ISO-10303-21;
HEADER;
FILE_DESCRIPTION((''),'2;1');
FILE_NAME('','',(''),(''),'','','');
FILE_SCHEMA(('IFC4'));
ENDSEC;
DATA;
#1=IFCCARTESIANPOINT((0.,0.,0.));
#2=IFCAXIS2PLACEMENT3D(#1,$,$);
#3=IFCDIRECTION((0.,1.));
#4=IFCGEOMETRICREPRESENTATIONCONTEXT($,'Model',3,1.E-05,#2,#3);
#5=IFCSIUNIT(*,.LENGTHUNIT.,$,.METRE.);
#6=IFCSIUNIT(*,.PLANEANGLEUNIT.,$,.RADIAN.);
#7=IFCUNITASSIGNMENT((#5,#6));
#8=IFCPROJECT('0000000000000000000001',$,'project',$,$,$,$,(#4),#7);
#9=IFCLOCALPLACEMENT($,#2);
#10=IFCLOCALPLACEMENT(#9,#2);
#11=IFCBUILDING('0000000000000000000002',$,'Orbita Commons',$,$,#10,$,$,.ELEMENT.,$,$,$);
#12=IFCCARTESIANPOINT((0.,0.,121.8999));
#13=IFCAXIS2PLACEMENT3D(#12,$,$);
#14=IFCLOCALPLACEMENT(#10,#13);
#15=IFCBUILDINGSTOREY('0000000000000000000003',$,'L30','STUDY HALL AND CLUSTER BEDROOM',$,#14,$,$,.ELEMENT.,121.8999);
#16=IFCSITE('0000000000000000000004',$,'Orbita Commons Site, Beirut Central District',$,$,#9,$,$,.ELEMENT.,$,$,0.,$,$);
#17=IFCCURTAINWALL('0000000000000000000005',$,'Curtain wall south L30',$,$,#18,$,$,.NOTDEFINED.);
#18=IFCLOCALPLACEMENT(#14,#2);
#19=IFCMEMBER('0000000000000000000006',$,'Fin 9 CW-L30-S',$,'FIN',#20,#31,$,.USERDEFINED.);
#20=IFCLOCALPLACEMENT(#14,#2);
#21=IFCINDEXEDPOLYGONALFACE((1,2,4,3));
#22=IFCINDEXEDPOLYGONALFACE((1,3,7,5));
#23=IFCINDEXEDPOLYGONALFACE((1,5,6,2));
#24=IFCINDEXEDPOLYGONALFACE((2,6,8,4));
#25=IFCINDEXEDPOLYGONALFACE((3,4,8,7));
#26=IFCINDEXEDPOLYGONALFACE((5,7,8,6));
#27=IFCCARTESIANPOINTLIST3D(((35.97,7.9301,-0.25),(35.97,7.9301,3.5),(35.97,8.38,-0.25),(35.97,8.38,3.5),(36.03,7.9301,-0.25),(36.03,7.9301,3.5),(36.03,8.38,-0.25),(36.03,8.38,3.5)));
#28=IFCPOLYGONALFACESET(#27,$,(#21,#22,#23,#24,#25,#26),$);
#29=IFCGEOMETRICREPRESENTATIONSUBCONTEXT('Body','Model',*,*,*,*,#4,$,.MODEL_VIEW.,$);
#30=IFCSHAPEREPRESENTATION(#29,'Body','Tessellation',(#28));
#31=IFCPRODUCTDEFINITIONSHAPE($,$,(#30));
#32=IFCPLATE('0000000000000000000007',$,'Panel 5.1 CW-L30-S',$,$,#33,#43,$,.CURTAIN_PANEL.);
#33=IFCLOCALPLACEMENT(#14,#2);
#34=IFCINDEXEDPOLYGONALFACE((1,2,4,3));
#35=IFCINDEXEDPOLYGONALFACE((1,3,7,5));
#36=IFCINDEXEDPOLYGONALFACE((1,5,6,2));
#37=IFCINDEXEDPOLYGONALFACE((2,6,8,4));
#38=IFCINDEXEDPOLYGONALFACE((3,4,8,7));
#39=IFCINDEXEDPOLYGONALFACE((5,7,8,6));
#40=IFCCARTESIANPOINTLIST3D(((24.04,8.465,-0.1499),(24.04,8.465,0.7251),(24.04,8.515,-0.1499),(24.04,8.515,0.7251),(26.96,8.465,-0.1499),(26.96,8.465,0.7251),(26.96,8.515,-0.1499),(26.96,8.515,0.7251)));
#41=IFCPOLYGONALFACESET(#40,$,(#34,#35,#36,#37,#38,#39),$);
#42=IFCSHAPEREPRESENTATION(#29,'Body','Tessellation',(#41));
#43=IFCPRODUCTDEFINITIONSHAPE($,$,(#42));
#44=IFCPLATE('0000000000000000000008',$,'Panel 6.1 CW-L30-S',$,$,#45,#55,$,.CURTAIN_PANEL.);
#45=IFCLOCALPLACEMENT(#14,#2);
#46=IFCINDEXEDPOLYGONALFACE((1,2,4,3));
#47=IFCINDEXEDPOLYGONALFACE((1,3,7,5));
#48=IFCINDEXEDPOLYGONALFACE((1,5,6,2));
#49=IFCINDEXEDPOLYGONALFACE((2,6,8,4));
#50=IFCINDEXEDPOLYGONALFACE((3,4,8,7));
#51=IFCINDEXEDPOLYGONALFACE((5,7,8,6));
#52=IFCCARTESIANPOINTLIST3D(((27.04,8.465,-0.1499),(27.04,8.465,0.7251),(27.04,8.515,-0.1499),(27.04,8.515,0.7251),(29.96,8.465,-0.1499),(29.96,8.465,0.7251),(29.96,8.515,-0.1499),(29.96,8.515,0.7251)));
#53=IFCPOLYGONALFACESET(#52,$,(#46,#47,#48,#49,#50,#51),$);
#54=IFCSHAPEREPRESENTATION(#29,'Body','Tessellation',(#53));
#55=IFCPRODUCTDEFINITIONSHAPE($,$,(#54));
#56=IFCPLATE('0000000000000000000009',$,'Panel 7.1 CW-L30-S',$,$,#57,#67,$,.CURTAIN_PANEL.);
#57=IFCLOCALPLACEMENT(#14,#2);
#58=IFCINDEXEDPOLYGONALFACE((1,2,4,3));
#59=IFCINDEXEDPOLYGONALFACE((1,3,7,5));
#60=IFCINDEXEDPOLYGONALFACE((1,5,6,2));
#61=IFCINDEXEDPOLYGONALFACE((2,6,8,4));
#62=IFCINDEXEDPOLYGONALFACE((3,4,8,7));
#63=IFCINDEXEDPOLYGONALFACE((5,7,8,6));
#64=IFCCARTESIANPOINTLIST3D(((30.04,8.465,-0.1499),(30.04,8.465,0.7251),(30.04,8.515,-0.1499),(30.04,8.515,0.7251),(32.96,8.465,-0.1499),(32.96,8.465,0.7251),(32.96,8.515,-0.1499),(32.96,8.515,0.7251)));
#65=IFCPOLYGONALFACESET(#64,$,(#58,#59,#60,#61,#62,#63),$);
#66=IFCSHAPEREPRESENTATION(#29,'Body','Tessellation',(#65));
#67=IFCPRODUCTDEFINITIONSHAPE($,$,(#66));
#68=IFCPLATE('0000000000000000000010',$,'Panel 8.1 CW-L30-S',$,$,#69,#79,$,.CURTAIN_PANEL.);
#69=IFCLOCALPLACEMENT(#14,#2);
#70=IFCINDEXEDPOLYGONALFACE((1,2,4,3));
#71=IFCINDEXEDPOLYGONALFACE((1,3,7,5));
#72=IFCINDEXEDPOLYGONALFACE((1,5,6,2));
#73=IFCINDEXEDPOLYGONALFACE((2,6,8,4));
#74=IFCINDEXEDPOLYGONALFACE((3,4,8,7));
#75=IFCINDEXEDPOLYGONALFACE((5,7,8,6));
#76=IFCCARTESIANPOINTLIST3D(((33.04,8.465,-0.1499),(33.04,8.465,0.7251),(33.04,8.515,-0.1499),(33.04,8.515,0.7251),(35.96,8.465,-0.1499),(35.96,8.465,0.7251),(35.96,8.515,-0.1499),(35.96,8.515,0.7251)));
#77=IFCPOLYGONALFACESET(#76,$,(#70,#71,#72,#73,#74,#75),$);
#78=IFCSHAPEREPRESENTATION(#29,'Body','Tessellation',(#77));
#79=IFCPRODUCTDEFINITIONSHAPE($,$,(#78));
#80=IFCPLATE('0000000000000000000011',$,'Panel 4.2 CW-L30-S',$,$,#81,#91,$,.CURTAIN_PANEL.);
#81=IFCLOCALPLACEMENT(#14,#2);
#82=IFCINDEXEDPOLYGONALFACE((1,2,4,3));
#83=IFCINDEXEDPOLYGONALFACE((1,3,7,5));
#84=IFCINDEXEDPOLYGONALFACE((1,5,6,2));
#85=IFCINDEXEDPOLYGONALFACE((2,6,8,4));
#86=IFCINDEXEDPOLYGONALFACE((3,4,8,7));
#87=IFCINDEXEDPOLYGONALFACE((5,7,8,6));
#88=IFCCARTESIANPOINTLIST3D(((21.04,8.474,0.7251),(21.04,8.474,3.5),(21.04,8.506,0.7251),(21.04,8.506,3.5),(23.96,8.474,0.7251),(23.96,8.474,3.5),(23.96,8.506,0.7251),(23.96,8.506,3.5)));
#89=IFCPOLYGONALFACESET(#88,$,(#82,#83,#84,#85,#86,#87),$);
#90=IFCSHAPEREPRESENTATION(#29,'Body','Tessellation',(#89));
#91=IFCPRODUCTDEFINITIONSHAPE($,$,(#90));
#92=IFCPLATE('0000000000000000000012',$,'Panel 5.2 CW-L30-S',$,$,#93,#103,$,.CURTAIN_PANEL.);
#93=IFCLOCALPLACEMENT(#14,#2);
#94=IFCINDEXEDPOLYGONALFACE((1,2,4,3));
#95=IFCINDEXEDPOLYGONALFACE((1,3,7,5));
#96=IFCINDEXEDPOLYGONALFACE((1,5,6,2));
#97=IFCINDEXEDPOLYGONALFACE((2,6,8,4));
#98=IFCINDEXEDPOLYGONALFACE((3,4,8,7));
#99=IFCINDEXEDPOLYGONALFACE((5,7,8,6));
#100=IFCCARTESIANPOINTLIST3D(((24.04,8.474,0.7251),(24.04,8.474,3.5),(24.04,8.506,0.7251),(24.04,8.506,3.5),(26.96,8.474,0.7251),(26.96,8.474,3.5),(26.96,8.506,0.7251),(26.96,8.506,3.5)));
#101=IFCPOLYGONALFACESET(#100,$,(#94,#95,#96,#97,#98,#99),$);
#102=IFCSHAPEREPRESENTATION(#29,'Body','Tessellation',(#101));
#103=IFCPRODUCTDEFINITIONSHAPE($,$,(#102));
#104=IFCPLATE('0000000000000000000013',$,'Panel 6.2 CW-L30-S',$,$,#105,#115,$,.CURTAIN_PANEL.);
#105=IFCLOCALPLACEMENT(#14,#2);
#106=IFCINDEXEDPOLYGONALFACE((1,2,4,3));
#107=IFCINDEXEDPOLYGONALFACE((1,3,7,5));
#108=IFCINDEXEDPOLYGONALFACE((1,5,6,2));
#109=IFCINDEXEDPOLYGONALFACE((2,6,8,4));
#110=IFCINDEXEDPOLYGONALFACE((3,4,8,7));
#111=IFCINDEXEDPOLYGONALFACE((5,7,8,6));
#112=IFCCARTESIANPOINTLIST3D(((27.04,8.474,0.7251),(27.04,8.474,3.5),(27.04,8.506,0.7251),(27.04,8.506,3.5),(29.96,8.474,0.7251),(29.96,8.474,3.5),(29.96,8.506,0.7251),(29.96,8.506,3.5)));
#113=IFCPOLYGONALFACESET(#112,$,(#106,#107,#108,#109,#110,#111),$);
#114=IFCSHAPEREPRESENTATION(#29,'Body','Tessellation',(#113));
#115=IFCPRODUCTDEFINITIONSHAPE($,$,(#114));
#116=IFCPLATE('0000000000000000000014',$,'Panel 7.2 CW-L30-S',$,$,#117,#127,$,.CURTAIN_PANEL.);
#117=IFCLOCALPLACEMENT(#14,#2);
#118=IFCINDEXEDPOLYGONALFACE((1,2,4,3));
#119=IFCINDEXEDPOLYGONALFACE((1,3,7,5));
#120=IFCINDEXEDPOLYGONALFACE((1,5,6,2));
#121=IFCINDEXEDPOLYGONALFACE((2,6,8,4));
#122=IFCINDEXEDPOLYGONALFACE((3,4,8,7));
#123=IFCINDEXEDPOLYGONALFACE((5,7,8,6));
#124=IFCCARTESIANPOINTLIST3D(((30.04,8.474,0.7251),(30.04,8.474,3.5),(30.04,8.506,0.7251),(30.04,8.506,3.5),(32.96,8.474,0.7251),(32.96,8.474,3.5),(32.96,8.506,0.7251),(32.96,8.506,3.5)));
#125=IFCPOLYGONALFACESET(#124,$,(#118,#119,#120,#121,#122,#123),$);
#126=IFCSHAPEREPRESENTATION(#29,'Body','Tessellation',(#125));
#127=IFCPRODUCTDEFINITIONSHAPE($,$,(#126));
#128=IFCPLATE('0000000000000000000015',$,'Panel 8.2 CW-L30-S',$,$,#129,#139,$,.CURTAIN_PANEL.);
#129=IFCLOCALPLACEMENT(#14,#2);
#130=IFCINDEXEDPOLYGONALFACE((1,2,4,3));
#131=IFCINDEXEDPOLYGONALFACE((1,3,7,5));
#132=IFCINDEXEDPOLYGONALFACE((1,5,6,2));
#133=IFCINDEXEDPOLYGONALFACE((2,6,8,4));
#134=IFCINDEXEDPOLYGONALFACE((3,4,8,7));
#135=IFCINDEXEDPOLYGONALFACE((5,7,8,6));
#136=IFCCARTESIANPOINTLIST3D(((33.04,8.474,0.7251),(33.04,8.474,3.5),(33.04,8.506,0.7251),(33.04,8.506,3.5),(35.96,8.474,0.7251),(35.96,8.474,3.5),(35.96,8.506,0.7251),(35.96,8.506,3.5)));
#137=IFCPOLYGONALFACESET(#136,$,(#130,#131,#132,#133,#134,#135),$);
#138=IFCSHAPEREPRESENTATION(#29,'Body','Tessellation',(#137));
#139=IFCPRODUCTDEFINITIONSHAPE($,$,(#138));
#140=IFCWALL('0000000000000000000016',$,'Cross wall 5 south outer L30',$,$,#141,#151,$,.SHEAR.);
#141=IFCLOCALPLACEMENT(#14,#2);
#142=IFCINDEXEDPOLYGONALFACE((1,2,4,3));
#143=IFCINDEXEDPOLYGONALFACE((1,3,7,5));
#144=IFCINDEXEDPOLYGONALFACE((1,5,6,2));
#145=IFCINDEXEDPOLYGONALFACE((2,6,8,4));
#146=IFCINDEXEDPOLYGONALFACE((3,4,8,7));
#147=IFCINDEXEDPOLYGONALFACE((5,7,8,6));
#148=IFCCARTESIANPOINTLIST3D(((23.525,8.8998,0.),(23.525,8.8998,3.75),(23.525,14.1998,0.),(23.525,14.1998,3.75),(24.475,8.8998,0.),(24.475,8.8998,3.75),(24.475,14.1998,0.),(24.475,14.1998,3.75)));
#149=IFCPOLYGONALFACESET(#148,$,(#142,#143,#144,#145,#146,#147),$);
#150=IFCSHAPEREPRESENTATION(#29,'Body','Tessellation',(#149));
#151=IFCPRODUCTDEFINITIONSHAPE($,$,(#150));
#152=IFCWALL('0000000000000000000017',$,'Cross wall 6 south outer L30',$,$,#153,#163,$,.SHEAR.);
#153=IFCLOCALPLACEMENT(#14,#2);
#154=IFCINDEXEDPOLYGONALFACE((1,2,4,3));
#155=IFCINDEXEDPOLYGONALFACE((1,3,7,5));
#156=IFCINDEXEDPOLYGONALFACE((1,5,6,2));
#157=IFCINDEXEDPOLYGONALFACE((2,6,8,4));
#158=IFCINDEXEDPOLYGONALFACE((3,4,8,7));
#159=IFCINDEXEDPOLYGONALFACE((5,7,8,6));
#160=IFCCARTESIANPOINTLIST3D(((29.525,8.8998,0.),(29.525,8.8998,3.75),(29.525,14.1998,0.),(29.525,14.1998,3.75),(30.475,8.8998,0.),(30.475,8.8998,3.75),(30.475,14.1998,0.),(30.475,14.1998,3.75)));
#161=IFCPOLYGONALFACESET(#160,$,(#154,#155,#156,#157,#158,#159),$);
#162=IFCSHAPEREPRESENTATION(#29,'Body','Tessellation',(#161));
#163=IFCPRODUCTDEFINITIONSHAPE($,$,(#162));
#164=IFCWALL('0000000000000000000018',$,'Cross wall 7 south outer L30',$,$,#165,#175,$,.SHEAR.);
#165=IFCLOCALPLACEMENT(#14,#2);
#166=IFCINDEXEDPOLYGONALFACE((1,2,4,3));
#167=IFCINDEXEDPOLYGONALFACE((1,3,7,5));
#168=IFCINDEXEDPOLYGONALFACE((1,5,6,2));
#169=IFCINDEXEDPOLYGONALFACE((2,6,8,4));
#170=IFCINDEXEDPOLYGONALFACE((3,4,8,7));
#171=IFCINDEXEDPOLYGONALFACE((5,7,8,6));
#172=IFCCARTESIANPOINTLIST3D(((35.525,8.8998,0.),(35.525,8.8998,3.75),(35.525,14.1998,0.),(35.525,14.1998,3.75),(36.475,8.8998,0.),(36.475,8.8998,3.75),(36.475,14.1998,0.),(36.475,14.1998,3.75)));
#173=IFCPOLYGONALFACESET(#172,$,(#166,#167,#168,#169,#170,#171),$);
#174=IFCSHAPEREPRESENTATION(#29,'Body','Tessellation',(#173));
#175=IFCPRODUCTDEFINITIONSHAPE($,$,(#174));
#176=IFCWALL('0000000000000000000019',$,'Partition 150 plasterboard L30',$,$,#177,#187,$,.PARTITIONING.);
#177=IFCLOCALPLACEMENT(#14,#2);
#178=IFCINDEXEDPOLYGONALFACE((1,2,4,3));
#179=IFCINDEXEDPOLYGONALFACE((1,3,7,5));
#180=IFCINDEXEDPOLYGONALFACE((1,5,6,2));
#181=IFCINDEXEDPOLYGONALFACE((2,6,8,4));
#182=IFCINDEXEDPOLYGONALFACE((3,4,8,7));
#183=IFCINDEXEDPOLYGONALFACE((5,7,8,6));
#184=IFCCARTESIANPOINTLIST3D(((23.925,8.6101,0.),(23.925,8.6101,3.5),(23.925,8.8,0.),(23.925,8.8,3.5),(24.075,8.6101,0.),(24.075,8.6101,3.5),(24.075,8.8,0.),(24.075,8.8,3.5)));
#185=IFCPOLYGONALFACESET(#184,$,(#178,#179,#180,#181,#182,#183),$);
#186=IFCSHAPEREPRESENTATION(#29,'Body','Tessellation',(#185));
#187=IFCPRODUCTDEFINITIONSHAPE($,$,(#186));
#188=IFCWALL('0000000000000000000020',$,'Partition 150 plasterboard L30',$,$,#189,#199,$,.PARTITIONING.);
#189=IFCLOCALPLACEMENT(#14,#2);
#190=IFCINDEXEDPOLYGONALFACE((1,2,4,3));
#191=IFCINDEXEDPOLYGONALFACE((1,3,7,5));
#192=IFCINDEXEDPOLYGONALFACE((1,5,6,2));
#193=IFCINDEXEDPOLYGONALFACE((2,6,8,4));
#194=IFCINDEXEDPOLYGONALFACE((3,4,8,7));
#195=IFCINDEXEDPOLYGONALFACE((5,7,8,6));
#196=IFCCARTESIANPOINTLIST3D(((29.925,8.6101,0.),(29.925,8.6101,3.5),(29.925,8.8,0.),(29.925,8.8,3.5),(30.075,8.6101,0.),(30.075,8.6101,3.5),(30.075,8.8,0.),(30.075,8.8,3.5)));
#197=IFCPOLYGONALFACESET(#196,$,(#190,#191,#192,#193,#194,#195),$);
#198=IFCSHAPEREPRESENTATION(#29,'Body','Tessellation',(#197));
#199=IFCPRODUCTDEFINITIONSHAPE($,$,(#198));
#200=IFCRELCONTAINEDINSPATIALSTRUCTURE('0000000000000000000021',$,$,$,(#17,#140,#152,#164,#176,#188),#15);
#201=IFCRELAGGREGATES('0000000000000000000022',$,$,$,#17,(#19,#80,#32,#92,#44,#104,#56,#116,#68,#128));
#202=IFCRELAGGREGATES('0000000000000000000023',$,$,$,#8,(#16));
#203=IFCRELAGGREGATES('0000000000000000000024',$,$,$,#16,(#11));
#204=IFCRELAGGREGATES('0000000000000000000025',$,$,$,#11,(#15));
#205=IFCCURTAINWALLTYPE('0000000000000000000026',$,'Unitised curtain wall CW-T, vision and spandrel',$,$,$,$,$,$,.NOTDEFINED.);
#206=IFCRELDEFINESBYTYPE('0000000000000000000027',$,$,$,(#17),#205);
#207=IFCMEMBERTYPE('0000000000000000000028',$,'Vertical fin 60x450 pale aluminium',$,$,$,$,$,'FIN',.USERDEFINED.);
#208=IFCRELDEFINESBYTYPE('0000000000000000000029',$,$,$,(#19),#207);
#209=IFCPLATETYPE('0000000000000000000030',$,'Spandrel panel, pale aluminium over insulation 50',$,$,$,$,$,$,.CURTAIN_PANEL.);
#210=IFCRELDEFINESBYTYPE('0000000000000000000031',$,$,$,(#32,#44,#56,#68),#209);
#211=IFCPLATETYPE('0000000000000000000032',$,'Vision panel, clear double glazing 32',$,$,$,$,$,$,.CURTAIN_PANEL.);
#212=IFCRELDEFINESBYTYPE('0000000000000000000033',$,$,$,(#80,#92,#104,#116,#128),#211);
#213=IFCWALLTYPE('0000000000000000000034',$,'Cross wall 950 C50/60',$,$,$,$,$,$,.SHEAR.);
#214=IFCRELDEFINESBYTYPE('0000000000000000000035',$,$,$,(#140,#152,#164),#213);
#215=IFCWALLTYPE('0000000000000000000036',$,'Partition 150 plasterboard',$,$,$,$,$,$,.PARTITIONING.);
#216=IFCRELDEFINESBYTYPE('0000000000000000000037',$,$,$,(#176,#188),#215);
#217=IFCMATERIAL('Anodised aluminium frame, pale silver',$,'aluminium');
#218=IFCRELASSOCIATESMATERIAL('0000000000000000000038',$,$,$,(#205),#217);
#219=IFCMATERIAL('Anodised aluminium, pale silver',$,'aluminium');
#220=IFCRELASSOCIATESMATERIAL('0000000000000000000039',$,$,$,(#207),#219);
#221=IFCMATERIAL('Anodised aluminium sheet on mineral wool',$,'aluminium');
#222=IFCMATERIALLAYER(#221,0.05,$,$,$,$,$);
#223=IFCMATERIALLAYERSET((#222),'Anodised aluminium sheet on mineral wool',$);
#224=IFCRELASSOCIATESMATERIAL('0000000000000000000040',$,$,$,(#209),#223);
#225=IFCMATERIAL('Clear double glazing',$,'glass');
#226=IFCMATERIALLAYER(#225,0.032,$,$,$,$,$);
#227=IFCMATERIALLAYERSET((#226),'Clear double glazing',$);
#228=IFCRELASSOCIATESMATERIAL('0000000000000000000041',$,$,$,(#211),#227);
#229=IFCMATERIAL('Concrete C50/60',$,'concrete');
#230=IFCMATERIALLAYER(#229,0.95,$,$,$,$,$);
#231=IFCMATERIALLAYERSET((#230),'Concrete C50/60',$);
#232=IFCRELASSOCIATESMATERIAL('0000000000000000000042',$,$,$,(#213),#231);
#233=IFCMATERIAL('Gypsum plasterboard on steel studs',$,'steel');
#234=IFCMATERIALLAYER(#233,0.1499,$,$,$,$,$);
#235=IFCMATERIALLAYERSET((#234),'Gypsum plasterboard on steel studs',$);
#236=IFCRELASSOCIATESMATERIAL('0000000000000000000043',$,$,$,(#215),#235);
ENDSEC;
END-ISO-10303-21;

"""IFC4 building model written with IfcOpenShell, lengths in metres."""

from ifc_helpers import new_model, si_unit, direction, frame, frame_2d, origin, origin_2d, place, context, subcontext, project, spatial, rectangle, extrude, material, layer, layer_set, material_profile, profile_set, type_object, element, aggregate, save


model = new_model("IFC4")

# Units and contexts
model_context = context("Model", 3, precision=1e-05, world=origin(), true_north=direction((0.0, 1.0)))
body_context = subcontext(model_context, "Body", "Model", "MODEL_VIEW")
ifc_project = project(units=[si_unit("LENGTHUNIT", "METRE"), si_unit("PLANEANGLEUNIT", "RADIAN")], contexts=[model_context])

# Site, building, storey
site_placement = place(None, origin())
site = spatial("IfcSite", under=ifc_project, at=site_placement, Name="Orbita Commons Site, Beirut Central District", CompositionType="ELEMENT", RefElevation=0.0)
building_placement = place(site_placement, origin())
building = spatial("IfcBuilding", under=site, at=building_placement, Name="Orbita Commons", CompositionType="ELEMENT")
storey_placement = place(building_placement, frame((0.0, 0.0, 121.8999)))
storey = spatial("IfcBuildingStorey", under=building, at=storey_placement, Name="L30", Description="STUDY HALL AND CLUSTER BEDROOM", CompositionType="ELEMENT", Elevation=121.8999)

# Curtain wall
ifc_material_1 = material(Name="Anodised aluminium frame, pale silver", Category="aluminium")
curtain_wall_type = type_object("IfcCurtainWallType", Name="Unitised curtain wall CW-T, vision and spandrel", PredefinedType="NOTDEFINED", material=ifc_material_1)
curtain_wall_placement = place(storey_placement, origin())
curtain_wall = element("IfcCurtainWall", 1, at=curtain_wall_placement, inside=storey, type_object=curtain_wall_type, Name="Curtain wall south L30", PredefinedType="NOTDEFINED")

# Member
ifc_material_2 = material(Name="Anodised aluminium, pale silver", Category="aluminium")
ifc_material_profile_1 = material_profile(ifc_material_2, rectangle(XDim=0.0601, YDim=0.45, at=origin_2d()), Name="FIN 60x450")
ifc_profile_set_1 = profile_set([ifc_material_profile_1], Name="Anodised aluminium, pale silver")
member_type_1 = type_object("IfcMemberType", Name="Vertical fin 60x450 pale aluminium", ElementType="FIN", PredefinedType="USERDEFINED", material=ifc_profile_set_1)
member_1_placement = place(storey_placement, frame((36.0, 8.155, -0.25), z_axis=(0.0, 0.0, 1.0), x_axis=(1.0, 0.0, 0.0)))
member_1 = element("IfcMember", 2, at=member_1_placement, type_object=member_type_1, Name="Fin 9 CW-L30-S", ObjectType="FIN", PredefinedType="USERDEFINED", context=body_context, shape_type="SweptSolid", body=[
    extrude(rectangle(XDim=0.0601, YDim=0.45, at=origin_2d()), origin(), (0.0, 0.0, 1.0), 3.75),
])

# Plates
ifc_material_3 = material(Name="Anodised aluminium sheet on mineral wool", Category="aluminium")
ifc_layer_1 = layer(ifc_material_3, 0.05)
ifc_layer_set_1 = layer_set([ifc_layer_1], Name="Anodised aluminium sheet on mineral wool")
plate_type_1 = type_object("IfcPlateType", Name="Spandrel panel, pale aluminium over insulation 50", PredefinedType="CURTAIN_PANEL", material=ifc_layer_set_1)
plate_1_placement = place(storey_placement, frame((25.5, 8.49, -0.1499), z_axis=(0.0, 0.0, 1.0), x_axis=(1.0, 0.0, 0.0)))
plate_1 = element("IfcPlate", 3, at=plate_1_placement, type_object=plate_type_1, Name="Panel 5.1 CW-L30-S", PredefinedType="CURTAIN_PANEL", context=body_context, shape_type="SweptSolid", body=[
    extrude(rectangle(XDim=2.9199, YDim=0.05, at=origin_2d()), origin(), (0.0, 0.0, 1.0), 0.875),
])
plate_2_placement = place(storey_placement, frame((28.5, 8.49, -0.1499), z_axis=(0.0, 0.0, 1.0), x_axis=(1.0, 0.0, 0.0)))
plate_2 = element("IfcPlate", 4, at=plate_2_placement, type_object=plate_type_1, Name="Panel 6.1 CW-L30-S", PredefinedType="CURTAIN_PANEL", context=body_context, shape_type="SweptSolid", body=[
    extrude(rectangle(XDim=2.9199, YDim=0.05, at=origin_2d()), origin(), (0.0, 0.0, 1.0), 0.875),
])
plate_3_placement = place(storey_placement, frame((31.5, 8.49, -0.1499), z_axis=(0.0, 0.0, 1.0), x_axis=(1.0, 0.0, 0.0)))
plate_3 = element("IfcPlate", 5, at=plate_3_placement, type_object=plate_type_1, Name="Panel 7.1 CW-L30-S", PredefinedType="CURTAIN_PANEL", context=body_context, shape_type="SweptSolid", body=[
    extrude(rectangle(XDim=2.9199, YDim=0.05, at=origin_2d()), origin(), (0.0, 0.0, 1.0), 0.875),
])
plate_4_placement = place(storey_placement, frame((34.5, 8.49, -0.1499), z_axis=(0.0, 0.0, 1.0), x_axis=(1.0, 0.0, 0.0)))
plate_4 = element("IfcPlate", 6, at=plate_4_placement, type_object=plate_type_1, Name="Panel 8.1 CW-L30-S", PredefinedType="CURTAIN_PANEL", context=body_context, shape_type="SweptSolid", body=[
    extrude(rectangle(XDim=2.9199, YDim=0.05, at=origin_2d()), origin(), (0.0, 0.0, 1.0), 0.875),
])
ifc_material_4 = material(Name="Clear double glazing", Category="glass")
ifc_layer_2 = layer(ifc_material_4, 0.032)
ifc_layer_set_2 = layer_set([ifc_layer_2], Name="Clear double glazing")
plate_type_2 = type_object("IfcPlateType", Name="Vision panel, clear double glazing 32", PredefinedType="CURTAIN_PANEL", material=ifc_layer_set_2)
plate_5_placement = place(storey_placement, frame((22.5, 8.49, 0.7251), z_axis=(0.0, 0.0, 1.0), x_axis=(1.0, 0.0, 0.0)))
plate_5 = element("IfcPlate", 7, at=plate_5_placement, type_object=plate_type_2, Name="Panel 4.2 CW-L30-S", PredefinedType="CURTAIN_PANEL", context=body_context, shape_type="SweptSolid", body=[
    extrude(rectangle(XDim=2.9199, YDim=0.032, at=origin_2d()), origin(), (0.0, 0.0, 1.0), 2.7749),
])
plate_6_placement = place(storey_placement, frame((25.5, 8.49, 0.7251), z_axis=(0.0, 0.0, 1.0), x_axis=(1.0, 0.0, 0.0)))
plate_6 = element("IfcPlate", 8, at=plate_6_placement, type_object=plate_type_2, Name="Panel 5.2 CW-L30-S", PredefinedType="CURTAIN_PANEL", context=body_context, shape_type="SweptSolid", body=[
    extrude(rectangle(XDim=2.9199, YDim=0.032, at=origin_2d()), origin(), (0.0, 0.0, 1.0), 2.7749),
])
plate_7_placement = place(storey_placement, frame((28.5, 8.49, 0.7251), z_axis=(0.0, 0.0, 1.0), x_axis=(1.0, 0.0, 0.0)))
plate_7 = element("IfcPlate", 9, at=plate_7_placement, type_object=plate_type_2, Name="Panel 6.2 CW-L30-S", PredefinedType="CURTAIN_PANEL", context=body_context, shape_type="SweptSolid", body=[
    extrude(rectangle(XDim=2.9199, YDim=0.032, at=origin_2d()), origin(), (0.0, 0.0, 1.0), 2.7749),
])
plate_8_placement = place(storey_placement, frame((31.5, 8.49, 0.7251), z_axis=(0.0, 0.0, 1.0), x_axis=(1.0, 0.0, 0.0)))
plate_8 = element("IfcPlate", 10, at=plate_8_placement, type_object=plate_type_2, Name="Panel 7.2 CW-L30-S", PredefinedType="CURTAIN_PANEL", context=body_context, shape_type="SweptSolid", body=[
    extrude(rectangle(XDim=2.9199, YDim=0.032, at=origin_2d()), origin(), (0.0, 0.0, 1.0), 2.7749),
])
plate_9_placement = place(storey_placement, frame((34.5, 8.49, 0.7251), z_axis=(0.0, 0.0, 1.0), x_axis=(1.0, 0.0, 0.0)))
plate_9 = element("IfcPlate", 11, at=plate_9_placement, type_object=plate_type_2, Name="Panel 8.2 CW-L30-S", PredefinedType="CURTAIN_PANEL", context=body_context, shape_type="SweptSolid", body=[
    extrude(rectangle(XDim=2.9199, YDim=0.032, at=origin_2d()), origin(), (0.0, 0.0, 1.0), 2.7749),
])
aggregate(curtain_wall, [member_1, plate_5, plate_1, plate_6, plate_2, plate_7, plate_3, plate_8, plate_4, plate_9])

# Walls
ifc_material_5 = material(Name="Concrete C50/60", Category="concrete")
ifc_layer_3 = layer(ifc_material_5, 0.95)
ifc_layer_set_3 = layer_set([ifc_layer_3], Name="Concrete C50/60")
wall_type_1 = type_object("IfcWallType", Name="Cross wall 950 C50/60", PredefinedType="SHEAR", material=ifc_layer_set_3)
for number, where, z_axis, x_axis, name in (
    (12, (24.0, 8.8999, 0.0), (0.0, 0.0, 1.0), (0.0, 1.0, 0.0), "Cross wall 5 south outer L30"),
    (13, (30.0, 8.8999, 0.0), (0.0, 0.0, 1.0), (0.0, 1.0, 0.0), "Cross wall 6 south outer L30"),
    (14, (36.0, 8.8999, 0.0), (0.0, 0.0, 1.0), (0.0, 1.0, 0.0), "Cross wall 7 south outer L30"),
):
    element("IfcWall", number, at=place(storey_placement, frame(where, z_axis=z_axis, x_axis=x_axis)), inside=storey, type_object=wall_type_1, Name=name, PredefinedType="SHEAR", context=body_context, shape_type="SweptSolid", body=[
        extrude(rectangle(XDim=5.3, YDim=0.95, at=frame_2d((2.6499, 0.0))), origin(), (0.0, 0.0, 1.0), 3.75),
    ])
ifc_material_6 = material(Name="Gypsum plasterboard on steel studs", Category="steel")
ifc_layer_4 = layer(ifc_material_6, 0.1499)
ifc_layer_set_4 = layer_set([ifc_layer_4], Name="Gypsum plasterboard on steel studs")
wall_type_2 = type_object("IfcWallType", Name="Partition 150 plasterboard", PredefinedType="PARTITIONING", material=ifc_layer_set_4)
for number, where, z_axis, x_axis, name in (
    (15, (24.0, 8.8, 0.0), (0.0, 0.0, 1.0), (0.0, -1.0, 0.0), "Partition 150 plasterboard L30"),
    (16, (30.0, 8.8, 0.0), (0.0, 0.0, 1.0), (0.0, -1.0, 0.0), "Partition 150 plasterboard L30"),
):
    element("IfcWall", number, at=place(storey_placement, frame(where, z_axis=z_axis, x_axis=x_axis)), inside=storey, type_object=wall_type_2, Name=name, PredefinedType="PARTITIONING", context=body_context, shape_type="SweptSolid", body=[
        extrude(rectangle(XDim=0.1899, YDim=0.1499, at=frame_2d((0.095, 0.0))), origin(), (0.0, 0.0, 1.0), 3.5),
    ])

save(model, "model.ifc")
